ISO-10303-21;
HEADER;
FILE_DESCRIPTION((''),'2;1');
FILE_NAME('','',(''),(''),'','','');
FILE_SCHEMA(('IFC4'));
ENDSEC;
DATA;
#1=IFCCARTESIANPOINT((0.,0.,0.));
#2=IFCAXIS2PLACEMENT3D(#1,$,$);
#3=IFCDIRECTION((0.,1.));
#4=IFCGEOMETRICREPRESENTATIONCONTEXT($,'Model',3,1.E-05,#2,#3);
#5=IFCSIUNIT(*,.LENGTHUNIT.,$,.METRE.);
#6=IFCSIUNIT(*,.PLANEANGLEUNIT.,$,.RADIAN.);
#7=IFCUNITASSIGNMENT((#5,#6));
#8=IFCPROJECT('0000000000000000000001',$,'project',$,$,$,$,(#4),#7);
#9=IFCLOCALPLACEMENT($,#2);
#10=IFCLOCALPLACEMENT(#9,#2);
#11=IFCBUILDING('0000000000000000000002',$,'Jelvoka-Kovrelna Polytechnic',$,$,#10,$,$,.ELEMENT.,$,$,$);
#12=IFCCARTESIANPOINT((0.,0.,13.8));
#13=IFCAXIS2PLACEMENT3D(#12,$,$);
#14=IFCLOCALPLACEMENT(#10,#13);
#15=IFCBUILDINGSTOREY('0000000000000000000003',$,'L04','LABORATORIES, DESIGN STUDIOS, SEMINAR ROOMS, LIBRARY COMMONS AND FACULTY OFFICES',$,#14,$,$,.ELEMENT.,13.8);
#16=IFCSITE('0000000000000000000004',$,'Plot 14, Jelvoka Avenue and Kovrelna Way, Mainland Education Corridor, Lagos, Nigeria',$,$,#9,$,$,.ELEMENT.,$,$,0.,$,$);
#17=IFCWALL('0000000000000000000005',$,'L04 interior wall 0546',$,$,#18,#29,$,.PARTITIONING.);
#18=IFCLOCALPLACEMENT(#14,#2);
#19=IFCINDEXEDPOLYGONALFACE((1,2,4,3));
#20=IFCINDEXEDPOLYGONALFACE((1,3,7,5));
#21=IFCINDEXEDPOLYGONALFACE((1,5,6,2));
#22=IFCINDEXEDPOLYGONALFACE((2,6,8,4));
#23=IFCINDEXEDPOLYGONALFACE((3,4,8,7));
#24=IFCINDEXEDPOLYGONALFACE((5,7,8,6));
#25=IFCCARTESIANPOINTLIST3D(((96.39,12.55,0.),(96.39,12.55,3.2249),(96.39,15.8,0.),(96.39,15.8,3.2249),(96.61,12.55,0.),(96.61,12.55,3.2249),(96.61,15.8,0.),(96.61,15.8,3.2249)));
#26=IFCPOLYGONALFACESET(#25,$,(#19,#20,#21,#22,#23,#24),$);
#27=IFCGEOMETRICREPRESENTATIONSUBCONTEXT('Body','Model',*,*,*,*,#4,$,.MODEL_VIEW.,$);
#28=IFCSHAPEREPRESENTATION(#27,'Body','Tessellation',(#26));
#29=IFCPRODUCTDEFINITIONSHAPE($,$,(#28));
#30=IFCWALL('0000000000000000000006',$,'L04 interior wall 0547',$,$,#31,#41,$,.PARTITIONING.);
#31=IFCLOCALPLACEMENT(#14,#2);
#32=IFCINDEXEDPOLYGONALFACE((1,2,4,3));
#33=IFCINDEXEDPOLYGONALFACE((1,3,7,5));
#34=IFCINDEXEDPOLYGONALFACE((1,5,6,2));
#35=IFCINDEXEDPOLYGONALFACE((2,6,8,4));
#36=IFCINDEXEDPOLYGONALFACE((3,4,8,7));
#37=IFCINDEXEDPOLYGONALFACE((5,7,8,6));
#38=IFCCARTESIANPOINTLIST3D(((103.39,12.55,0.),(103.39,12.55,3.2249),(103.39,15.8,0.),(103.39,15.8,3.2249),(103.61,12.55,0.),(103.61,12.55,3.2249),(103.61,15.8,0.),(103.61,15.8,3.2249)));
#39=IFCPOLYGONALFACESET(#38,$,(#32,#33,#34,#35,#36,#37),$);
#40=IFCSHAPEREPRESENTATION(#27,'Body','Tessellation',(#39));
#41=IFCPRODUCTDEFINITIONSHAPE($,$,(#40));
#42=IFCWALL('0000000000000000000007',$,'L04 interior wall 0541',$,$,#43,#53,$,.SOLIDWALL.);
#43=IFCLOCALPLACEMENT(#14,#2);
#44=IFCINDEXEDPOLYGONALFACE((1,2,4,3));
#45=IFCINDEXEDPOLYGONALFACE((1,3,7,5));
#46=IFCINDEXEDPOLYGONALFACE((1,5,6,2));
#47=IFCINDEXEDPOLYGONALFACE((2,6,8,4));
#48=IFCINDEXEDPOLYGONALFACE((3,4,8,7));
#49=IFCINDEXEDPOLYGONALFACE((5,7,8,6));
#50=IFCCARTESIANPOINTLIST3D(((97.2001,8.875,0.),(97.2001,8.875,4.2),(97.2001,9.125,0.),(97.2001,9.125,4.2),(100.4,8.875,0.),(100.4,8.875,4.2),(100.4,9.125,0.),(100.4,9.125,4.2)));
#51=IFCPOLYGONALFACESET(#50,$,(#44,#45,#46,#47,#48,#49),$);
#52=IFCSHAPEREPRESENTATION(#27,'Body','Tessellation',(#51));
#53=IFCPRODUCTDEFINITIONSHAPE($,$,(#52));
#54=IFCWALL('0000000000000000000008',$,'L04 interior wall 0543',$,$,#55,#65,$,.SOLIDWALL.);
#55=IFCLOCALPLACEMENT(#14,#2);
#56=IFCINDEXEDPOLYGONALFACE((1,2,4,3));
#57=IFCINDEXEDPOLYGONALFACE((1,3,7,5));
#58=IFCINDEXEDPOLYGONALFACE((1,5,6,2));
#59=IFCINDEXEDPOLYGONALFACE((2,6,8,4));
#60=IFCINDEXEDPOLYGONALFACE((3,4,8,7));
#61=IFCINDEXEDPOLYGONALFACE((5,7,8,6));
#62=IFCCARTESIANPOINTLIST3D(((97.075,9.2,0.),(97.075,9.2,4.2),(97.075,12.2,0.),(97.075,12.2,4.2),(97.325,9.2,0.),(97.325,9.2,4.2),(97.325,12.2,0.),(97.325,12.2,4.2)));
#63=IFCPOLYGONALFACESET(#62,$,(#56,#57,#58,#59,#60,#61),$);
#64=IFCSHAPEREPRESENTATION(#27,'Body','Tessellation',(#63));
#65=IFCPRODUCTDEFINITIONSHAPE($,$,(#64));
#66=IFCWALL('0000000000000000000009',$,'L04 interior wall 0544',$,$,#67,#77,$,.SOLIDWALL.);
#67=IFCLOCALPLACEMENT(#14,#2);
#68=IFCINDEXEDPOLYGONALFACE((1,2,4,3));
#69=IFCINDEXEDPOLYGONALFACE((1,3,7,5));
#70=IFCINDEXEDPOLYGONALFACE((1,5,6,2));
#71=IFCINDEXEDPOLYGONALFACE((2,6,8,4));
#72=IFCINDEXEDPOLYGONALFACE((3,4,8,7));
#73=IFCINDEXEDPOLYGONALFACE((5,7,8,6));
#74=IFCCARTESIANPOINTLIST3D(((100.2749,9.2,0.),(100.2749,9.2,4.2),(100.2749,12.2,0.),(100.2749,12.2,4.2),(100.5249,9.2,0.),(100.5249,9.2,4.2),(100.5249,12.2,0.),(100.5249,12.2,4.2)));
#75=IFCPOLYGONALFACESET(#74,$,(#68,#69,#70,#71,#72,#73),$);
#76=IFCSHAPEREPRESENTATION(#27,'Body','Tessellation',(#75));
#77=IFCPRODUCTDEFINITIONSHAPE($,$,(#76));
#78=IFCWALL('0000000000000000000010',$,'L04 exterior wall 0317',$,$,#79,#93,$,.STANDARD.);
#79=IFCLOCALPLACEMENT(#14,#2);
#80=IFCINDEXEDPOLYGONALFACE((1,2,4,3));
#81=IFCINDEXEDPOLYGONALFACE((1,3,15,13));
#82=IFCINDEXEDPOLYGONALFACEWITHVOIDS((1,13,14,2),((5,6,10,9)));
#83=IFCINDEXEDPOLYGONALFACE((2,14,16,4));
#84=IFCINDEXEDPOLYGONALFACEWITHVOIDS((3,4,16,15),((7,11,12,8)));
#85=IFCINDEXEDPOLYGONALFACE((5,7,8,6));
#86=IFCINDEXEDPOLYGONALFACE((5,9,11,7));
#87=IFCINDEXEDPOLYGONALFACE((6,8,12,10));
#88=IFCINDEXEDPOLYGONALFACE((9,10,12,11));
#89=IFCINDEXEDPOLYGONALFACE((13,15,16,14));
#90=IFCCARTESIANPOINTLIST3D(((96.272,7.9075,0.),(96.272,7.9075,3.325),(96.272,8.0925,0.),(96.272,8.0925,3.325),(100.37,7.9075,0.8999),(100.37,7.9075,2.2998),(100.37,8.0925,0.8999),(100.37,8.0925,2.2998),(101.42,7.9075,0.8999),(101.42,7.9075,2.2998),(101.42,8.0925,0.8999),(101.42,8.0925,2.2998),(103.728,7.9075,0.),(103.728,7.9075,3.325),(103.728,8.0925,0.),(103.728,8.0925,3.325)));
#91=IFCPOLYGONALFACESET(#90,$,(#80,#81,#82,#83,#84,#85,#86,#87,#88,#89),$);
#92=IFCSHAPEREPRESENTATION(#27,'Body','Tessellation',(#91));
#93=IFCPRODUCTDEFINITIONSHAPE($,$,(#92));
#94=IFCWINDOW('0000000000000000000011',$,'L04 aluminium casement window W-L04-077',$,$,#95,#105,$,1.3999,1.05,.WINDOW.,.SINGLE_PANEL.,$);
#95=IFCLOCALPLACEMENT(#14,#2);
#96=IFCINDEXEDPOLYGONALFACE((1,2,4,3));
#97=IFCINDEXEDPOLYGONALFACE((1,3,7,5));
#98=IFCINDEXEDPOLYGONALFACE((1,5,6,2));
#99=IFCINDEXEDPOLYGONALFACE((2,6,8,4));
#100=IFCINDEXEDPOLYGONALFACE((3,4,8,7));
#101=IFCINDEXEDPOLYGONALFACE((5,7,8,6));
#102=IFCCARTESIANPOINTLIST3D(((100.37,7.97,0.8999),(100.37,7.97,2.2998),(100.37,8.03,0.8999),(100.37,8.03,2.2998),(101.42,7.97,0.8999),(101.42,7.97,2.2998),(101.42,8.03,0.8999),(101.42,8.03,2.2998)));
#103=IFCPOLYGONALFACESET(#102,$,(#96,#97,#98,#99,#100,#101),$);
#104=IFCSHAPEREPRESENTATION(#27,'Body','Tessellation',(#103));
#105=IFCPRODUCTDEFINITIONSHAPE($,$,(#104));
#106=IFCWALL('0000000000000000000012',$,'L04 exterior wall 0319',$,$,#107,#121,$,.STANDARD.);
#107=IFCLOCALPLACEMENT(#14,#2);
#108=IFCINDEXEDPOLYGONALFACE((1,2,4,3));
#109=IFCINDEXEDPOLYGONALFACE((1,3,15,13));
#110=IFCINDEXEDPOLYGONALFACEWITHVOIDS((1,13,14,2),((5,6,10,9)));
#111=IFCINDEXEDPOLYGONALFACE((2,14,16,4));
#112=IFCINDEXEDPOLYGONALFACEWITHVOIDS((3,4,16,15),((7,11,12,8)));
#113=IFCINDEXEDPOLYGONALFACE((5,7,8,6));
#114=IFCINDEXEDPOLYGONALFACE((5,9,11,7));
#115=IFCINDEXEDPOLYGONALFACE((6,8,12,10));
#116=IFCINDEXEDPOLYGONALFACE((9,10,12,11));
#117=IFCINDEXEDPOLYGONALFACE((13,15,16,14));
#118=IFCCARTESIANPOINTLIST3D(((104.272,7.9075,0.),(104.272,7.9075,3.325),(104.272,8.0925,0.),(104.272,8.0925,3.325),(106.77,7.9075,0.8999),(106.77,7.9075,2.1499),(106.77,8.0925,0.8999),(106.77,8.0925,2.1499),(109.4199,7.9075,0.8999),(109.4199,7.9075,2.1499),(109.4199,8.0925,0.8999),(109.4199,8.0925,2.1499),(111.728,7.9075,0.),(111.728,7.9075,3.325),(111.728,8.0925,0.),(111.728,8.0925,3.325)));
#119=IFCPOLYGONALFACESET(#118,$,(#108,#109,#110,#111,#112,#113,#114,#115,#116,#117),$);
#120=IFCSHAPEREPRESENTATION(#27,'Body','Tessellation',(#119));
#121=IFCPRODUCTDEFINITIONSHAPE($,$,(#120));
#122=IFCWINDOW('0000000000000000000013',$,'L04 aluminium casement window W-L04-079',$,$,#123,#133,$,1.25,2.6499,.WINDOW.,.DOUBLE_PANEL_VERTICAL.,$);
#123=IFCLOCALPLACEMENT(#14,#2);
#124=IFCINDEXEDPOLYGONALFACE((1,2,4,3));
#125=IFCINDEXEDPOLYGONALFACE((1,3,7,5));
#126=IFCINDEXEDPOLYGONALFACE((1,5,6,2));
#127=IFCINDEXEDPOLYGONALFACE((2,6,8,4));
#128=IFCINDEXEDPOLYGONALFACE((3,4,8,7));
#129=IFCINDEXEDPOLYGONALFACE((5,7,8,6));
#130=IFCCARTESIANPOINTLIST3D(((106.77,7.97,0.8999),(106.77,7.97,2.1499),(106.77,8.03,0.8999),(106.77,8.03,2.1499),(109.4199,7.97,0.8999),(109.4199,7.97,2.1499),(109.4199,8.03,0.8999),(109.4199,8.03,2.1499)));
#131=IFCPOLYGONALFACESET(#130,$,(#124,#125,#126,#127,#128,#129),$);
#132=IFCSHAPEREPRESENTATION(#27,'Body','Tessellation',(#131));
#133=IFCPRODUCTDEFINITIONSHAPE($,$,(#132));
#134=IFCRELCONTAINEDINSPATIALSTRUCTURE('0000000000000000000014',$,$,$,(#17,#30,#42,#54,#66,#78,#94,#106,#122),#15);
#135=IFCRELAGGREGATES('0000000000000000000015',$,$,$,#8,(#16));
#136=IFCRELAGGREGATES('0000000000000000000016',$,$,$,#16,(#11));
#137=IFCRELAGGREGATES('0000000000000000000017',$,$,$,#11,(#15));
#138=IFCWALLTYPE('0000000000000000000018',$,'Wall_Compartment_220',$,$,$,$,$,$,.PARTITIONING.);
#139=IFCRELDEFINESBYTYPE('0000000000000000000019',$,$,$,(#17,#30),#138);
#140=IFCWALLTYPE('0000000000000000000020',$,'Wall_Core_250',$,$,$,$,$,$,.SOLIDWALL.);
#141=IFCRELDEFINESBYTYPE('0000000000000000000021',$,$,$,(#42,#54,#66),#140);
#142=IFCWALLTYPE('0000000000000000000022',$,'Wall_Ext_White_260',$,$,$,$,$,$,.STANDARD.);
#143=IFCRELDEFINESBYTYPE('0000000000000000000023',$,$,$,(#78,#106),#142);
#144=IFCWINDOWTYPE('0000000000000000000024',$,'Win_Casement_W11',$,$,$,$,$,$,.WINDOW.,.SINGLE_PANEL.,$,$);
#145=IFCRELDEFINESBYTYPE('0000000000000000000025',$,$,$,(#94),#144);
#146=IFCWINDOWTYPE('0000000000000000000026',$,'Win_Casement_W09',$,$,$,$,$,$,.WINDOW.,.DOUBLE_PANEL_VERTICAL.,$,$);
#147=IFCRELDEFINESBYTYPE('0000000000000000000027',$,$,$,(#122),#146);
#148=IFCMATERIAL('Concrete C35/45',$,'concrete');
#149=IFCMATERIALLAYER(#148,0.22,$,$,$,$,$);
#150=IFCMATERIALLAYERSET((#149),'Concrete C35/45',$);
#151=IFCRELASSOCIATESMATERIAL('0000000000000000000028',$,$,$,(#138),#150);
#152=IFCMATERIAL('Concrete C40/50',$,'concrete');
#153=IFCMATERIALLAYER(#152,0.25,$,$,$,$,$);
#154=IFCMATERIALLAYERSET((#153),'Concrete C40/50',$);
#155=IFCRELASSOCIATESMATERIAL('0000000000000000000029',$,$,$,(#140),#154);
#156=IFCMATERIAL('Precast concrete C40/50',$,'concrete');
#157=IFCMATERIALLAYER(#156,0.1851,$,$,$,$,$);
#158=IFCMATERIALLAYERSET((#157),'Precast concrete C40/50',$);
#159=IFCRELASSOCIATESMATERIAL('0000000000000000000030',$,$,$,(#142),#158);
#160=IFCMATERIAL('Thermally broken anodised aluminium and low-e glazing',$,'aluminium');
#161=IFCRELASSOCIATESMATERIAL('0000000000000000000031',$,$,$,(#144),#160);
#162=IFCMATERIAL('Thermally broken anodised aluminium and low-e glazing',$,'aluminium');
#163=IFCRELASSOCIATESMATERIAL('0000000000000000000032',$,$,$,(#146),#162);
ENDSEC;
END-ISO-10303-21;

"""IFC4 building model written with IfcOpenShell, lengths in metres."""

from ifc_helpers import new_model, si_unit, direction, frame, frame_2d, origin, place, context, subcontext, project, spatial, rectangle, extrude, material, layer, layer_set, type_object, element, fill, save


model = new_model("IFC4")

# Units and contexts
model_context = context("Model", 3, precision=1e-05, world=origin(), true_north=direction((0.0, 1.0)))
body_context = subcontext(model_context, "Body", "Model", "MODEL_VIEW")
ifc_project = project(units=[si_unit("LENGTHUNIT", "METRE"), si_unit("PLANEANGLEUNIT", "RADIAN")], contexts=[model_context])

# Site, building, storey
site_placement = place(None, origin())
site = spatial("IfcSite", under=ifc_project, at=site_placement, Name="Plot 14, Jelvoka Avenue and Kovrelna Way, Mainland Education Corridor, Lagos, Nigeria", CompositionType="ELEMENT", RefElevation=0.0)
building_placement = place(site_placement, origin())
building = spatial("IfcBuilding", under=site, at=building_placement, Name="Jelvoka-Kovrelna Polytechnic", CompositionType="ELEMENT")
storey_placement = place(building_placement, frame((0.0, 0.0, 13.8)))
storey = spatial("IfcBuildingStorey", under=building, at=storey_placement, Name="L04", Description="LABORATORIES, DESIGN STUDIOS, SEMINAR ROOMS, LIBRARY COMMONS AND FACULTY OFFICES", CompositionType="ELEMENT", Elevation=13.8)

# Shared definitions
ifc_material_1 = material(Name="Concrete C35/45", Category="concrete")
ifc_layer_1 = layer(ifc_material_1, 0.22)
ifc_layer_set_1 = layer_set([ifc_layer_1], Name="Concrete C35/45")
wall_type_1 = type_object("IfcWallType", Name="Wall_Compartment_220", PredefinedType="PARTITIONING", material=ifc_layer_set_1)

# Walls
for number, where, z_axis, x_axis, name in (
    (1, (96.5, 12.55, 0.0), (0.0, 0.0, 1.0), (0.0, 1.0, 0.0), "L04 interior wall 0546"),
    (2, (103.5, 12.55, 0.0), (0.0, 0.0, 1.0), (0.0, 1.0, 0.0), "L04 interior wall 0547"),
):
    element("IfcWall", number, at=place(storey_placement, frame(where, z_axis=z_axis, x_axis=x_axis)), inside=storey, type_object=wall_type_1, Name=name, PredefinedType="PARTITIONING", context=body_context, shape_type="SweptSolid", body=[
        extrude(rectangle(XDim=3.25, YDim=0.22, at=frame_2d((1.625, 0.0))), origin(), (0.0, 0.0, 1.0), 3.2249),
    ])
ifc_material_2 = material(Name="Concrete C40/50", Category="concrete")
ifc_layer_2 = layer(ifc_material_2, 0.25)
ifc_layer_set_2 = layer_set([ifc_layer_2], Name="Concrete C40/50")
wall_type_2 = type_object("IfcWallType", Name="Wall_Core_250", PredefinedType="SOLIDWALL", material=ifc_layer_set_2)
wall_1_placement = place(storey_placement, frame((97.2, 9.0, 0.0), z_axis=(0.0, 0.0, 1.0), x_axis=(1.0, 0.0, 0.0)))
element("IfcWall", 3, at=wall_1_placement, inside=storey, type_object=wall_type_2, Name="L04 interior wall 0541", PredefinedType="SOLIDWALL", context=body_context, shape_type="SweptSolid", body=[
    extrude(rectangle(XDim=3.2, YDim=0.25, at=frame_2d((1.6001, 0.0))), origin(), (0.0, 0.0, 1.0), 4.2),
])

# Walls
for number, where, z_axis, x_axis, name in (
    (4, (97.2, 9.2, 0.0), (0.0, 0.0, 1.0), (0.0, 1.0, 0.0), "L04 interior wall 0543"),
    (5, (100.3999, 9.2, 0.0), (0.0, 0.0, 1.0), (0.0, 1.0, 0.0), "L04 interior wall 0544"),
):
    element("IfcWall", number, at=place(storey_placement, frame(where, z_axis=z_axis, x_axis=x_axis)), inside=storey, type_object=wall_type_2, Name=name, PredefinedType="SOLIDWALL", context=body_context, shape_type="SweptSolid", body=[
        extrude(rectangle(XDim=3.0, YDim=0.25, at=frame_2d((1.5, 0.0))), origin(), (0.0, 0.0, 1.0), 4.2),
    ])

# Walls, openings, windows
ifc_material_3 = material(Name="Precast concrete C40/50", Category="concrete")
ifc_layer_3 = layer(ifc_material_3, 0.1851)
ifc_layer_set_3 = layer_set([ifc_layer_3], Name="Precast concrete C40/50")
wall_type_3 = type_object("IfcWallType", Name="Wall_Ext_White_260", PredefinedType="STANDARD", material=ifc_layer_set_3)
wall_2_placement = place(storey_placement, frame((103.728, 8.0, 0.0), z_axis=(0.0, 0.0, 1.0), x_axis=(-1.0, 0.0, 0.0)))
wall_2 = element("IfcWall", 6, at=wall_2_placement, inside=storey, type_object=wall_type_3, Name="L04 exterior wall 0317", PredefinedType="STANDARD", context=body_context, shape_type="SweptSolid", body=[
    extrude(rectangle(XDim=7.4561, YDim=0.1851, at=frame_2d((3.728, 0.0))), origin(), (0.0, 0.0, 1.0), 3.325),
])
opening_1_placement = place(wall_2_placement, frame((2.3081, 0.0, 0.8999)))
opening_1 = element("IfcOpeningElement", 7, at=opening_1_placement, cuts=wall_2, PredefinedType="OPENING", context=body_context, shape_type="SweptSolid", body=[
    extrude(rectangle(XDim=1.05, YDim=1.3999, at=frame_2d((0.5249, 0.7))), frame((0.0, 0.1025, 0.0), z_axis=(0.0, -1.0, 0.0), x_axis=(1.0, 0.0, 0.0)), (0.0, 0.0, 1.0), 0.2051),
])
ifc_material_4 = material(Name="Thermally broken anodised aluminium and low-e glazing", Category="aluminium")
window_type_1 = type_object("IfcWindowType", Name="Win_Casement_W11", PartitioningType="SINGLE_PANEL", PredefinedType="WINDOW", material=ifc_material_4)
window_1_placement = place(opening_1_placement, origin())
window_1 = element("IfcWindow", 8, at=window_1_placement, inside=storey, type_object=window_type_1, Name="L04 aluminium casement window W-L04-077", OverallHeight=1.3999, OverallWidth=1.05, PartitioningType="SINGLE_PANEL", PredefinedType="WINDOW", context=body_context, shape_type="SweptSolid", body=[
    extrude(rectangle(XDim=1.05, YDim=1.3999, at=frame_2d((0.5249, 0.7))), frame((0.0, 0.03, 0.0), z_axis=(0.0, -1.0, 0.0), x_axis=(1.0, 0.0, 0.0)), (0.0, 0.0, 1.0), 0.0601),
])
fill(opening_1, window_1)
wall_3_placement = place(storey_placement, frame((111.728, 8.0, 0.0), z_axis=(0.0, 0.0, 1.0), x_axis=(-1.0, 0.0, 0.0)))
wall_3 = element("IfcWall", 9, at=wall_3_placement, inside=storey, type_object=wall_type_3, Name="L04 exterior wall 0319", PredefinedType="STANDARD", context=body_context, shape_type="SweptSolid", body=[
    extrude(rectangle(XDim=7.4561, YDim=0.1851, at=frame_2d((3.728, 0.0))), origin(), (0.0, 0.0, 1.0), 3.325),
])
opening_2_placement = place(wall_3_placement, frame((2.3081, 0.0, 0.8999)))
opening_2 = element("IfcOpeningElement", 10, at=opening_2_placement, cuts=wall_3, PredefinedType="OPENING", context=body_context, shape_type="SweptSolid", body=[
    extrude(rectangle(XDim=2.6499, YDim=1.25, at=frame_2d((1.325, 0.625))), frame((0.0, 0.1025, 0.0), z_axis=(0.0, -1.0, 0.0), x_axis=(1.0, 0.0, 0.0)), (0.0, 0.0, 1.0), 0.2051),
])
ifc_material_5 = material(Name="Thermally broken anodised aluminium and low-e glazing", Category="aluminium")
window_type_2 = type_object("IfcWindowType", Name="Win_Casement_W09", PartitioningType="DOUBLE_PANEL_VERTICAL", PredefinedType="WINDOW", material=ifc_material_5)
window_2_placement = place(opening_2_placement, origin())
window_2 = element("IfcWindow", 11, at=window_2_placement, inside=storey, type_object=window_type_2, Name="L04 aluminium casement window W-L04-079", OverallHeight=1.25, OverallWidth=2.6499, PartitioningType="DOUBLE_PANEL_VERTICAL", PredefinedType="WINDOW", context=body_context, shape_type="SweptSolid", body=[
    extrude(rectangle(XDim=2.6499, YDim=1.25, at=frame_2d((1.325, 0.625))), frame((0.0, 0.03, 0.0), z_axis=(0.0, -1.0, 0.0), x_axis=(1.0, 0.0, 0.0)), (0.0, 0.0, 1.0), 0.0601),
])
fill(opening_2, window_2)

save(model, "model.ifc")
